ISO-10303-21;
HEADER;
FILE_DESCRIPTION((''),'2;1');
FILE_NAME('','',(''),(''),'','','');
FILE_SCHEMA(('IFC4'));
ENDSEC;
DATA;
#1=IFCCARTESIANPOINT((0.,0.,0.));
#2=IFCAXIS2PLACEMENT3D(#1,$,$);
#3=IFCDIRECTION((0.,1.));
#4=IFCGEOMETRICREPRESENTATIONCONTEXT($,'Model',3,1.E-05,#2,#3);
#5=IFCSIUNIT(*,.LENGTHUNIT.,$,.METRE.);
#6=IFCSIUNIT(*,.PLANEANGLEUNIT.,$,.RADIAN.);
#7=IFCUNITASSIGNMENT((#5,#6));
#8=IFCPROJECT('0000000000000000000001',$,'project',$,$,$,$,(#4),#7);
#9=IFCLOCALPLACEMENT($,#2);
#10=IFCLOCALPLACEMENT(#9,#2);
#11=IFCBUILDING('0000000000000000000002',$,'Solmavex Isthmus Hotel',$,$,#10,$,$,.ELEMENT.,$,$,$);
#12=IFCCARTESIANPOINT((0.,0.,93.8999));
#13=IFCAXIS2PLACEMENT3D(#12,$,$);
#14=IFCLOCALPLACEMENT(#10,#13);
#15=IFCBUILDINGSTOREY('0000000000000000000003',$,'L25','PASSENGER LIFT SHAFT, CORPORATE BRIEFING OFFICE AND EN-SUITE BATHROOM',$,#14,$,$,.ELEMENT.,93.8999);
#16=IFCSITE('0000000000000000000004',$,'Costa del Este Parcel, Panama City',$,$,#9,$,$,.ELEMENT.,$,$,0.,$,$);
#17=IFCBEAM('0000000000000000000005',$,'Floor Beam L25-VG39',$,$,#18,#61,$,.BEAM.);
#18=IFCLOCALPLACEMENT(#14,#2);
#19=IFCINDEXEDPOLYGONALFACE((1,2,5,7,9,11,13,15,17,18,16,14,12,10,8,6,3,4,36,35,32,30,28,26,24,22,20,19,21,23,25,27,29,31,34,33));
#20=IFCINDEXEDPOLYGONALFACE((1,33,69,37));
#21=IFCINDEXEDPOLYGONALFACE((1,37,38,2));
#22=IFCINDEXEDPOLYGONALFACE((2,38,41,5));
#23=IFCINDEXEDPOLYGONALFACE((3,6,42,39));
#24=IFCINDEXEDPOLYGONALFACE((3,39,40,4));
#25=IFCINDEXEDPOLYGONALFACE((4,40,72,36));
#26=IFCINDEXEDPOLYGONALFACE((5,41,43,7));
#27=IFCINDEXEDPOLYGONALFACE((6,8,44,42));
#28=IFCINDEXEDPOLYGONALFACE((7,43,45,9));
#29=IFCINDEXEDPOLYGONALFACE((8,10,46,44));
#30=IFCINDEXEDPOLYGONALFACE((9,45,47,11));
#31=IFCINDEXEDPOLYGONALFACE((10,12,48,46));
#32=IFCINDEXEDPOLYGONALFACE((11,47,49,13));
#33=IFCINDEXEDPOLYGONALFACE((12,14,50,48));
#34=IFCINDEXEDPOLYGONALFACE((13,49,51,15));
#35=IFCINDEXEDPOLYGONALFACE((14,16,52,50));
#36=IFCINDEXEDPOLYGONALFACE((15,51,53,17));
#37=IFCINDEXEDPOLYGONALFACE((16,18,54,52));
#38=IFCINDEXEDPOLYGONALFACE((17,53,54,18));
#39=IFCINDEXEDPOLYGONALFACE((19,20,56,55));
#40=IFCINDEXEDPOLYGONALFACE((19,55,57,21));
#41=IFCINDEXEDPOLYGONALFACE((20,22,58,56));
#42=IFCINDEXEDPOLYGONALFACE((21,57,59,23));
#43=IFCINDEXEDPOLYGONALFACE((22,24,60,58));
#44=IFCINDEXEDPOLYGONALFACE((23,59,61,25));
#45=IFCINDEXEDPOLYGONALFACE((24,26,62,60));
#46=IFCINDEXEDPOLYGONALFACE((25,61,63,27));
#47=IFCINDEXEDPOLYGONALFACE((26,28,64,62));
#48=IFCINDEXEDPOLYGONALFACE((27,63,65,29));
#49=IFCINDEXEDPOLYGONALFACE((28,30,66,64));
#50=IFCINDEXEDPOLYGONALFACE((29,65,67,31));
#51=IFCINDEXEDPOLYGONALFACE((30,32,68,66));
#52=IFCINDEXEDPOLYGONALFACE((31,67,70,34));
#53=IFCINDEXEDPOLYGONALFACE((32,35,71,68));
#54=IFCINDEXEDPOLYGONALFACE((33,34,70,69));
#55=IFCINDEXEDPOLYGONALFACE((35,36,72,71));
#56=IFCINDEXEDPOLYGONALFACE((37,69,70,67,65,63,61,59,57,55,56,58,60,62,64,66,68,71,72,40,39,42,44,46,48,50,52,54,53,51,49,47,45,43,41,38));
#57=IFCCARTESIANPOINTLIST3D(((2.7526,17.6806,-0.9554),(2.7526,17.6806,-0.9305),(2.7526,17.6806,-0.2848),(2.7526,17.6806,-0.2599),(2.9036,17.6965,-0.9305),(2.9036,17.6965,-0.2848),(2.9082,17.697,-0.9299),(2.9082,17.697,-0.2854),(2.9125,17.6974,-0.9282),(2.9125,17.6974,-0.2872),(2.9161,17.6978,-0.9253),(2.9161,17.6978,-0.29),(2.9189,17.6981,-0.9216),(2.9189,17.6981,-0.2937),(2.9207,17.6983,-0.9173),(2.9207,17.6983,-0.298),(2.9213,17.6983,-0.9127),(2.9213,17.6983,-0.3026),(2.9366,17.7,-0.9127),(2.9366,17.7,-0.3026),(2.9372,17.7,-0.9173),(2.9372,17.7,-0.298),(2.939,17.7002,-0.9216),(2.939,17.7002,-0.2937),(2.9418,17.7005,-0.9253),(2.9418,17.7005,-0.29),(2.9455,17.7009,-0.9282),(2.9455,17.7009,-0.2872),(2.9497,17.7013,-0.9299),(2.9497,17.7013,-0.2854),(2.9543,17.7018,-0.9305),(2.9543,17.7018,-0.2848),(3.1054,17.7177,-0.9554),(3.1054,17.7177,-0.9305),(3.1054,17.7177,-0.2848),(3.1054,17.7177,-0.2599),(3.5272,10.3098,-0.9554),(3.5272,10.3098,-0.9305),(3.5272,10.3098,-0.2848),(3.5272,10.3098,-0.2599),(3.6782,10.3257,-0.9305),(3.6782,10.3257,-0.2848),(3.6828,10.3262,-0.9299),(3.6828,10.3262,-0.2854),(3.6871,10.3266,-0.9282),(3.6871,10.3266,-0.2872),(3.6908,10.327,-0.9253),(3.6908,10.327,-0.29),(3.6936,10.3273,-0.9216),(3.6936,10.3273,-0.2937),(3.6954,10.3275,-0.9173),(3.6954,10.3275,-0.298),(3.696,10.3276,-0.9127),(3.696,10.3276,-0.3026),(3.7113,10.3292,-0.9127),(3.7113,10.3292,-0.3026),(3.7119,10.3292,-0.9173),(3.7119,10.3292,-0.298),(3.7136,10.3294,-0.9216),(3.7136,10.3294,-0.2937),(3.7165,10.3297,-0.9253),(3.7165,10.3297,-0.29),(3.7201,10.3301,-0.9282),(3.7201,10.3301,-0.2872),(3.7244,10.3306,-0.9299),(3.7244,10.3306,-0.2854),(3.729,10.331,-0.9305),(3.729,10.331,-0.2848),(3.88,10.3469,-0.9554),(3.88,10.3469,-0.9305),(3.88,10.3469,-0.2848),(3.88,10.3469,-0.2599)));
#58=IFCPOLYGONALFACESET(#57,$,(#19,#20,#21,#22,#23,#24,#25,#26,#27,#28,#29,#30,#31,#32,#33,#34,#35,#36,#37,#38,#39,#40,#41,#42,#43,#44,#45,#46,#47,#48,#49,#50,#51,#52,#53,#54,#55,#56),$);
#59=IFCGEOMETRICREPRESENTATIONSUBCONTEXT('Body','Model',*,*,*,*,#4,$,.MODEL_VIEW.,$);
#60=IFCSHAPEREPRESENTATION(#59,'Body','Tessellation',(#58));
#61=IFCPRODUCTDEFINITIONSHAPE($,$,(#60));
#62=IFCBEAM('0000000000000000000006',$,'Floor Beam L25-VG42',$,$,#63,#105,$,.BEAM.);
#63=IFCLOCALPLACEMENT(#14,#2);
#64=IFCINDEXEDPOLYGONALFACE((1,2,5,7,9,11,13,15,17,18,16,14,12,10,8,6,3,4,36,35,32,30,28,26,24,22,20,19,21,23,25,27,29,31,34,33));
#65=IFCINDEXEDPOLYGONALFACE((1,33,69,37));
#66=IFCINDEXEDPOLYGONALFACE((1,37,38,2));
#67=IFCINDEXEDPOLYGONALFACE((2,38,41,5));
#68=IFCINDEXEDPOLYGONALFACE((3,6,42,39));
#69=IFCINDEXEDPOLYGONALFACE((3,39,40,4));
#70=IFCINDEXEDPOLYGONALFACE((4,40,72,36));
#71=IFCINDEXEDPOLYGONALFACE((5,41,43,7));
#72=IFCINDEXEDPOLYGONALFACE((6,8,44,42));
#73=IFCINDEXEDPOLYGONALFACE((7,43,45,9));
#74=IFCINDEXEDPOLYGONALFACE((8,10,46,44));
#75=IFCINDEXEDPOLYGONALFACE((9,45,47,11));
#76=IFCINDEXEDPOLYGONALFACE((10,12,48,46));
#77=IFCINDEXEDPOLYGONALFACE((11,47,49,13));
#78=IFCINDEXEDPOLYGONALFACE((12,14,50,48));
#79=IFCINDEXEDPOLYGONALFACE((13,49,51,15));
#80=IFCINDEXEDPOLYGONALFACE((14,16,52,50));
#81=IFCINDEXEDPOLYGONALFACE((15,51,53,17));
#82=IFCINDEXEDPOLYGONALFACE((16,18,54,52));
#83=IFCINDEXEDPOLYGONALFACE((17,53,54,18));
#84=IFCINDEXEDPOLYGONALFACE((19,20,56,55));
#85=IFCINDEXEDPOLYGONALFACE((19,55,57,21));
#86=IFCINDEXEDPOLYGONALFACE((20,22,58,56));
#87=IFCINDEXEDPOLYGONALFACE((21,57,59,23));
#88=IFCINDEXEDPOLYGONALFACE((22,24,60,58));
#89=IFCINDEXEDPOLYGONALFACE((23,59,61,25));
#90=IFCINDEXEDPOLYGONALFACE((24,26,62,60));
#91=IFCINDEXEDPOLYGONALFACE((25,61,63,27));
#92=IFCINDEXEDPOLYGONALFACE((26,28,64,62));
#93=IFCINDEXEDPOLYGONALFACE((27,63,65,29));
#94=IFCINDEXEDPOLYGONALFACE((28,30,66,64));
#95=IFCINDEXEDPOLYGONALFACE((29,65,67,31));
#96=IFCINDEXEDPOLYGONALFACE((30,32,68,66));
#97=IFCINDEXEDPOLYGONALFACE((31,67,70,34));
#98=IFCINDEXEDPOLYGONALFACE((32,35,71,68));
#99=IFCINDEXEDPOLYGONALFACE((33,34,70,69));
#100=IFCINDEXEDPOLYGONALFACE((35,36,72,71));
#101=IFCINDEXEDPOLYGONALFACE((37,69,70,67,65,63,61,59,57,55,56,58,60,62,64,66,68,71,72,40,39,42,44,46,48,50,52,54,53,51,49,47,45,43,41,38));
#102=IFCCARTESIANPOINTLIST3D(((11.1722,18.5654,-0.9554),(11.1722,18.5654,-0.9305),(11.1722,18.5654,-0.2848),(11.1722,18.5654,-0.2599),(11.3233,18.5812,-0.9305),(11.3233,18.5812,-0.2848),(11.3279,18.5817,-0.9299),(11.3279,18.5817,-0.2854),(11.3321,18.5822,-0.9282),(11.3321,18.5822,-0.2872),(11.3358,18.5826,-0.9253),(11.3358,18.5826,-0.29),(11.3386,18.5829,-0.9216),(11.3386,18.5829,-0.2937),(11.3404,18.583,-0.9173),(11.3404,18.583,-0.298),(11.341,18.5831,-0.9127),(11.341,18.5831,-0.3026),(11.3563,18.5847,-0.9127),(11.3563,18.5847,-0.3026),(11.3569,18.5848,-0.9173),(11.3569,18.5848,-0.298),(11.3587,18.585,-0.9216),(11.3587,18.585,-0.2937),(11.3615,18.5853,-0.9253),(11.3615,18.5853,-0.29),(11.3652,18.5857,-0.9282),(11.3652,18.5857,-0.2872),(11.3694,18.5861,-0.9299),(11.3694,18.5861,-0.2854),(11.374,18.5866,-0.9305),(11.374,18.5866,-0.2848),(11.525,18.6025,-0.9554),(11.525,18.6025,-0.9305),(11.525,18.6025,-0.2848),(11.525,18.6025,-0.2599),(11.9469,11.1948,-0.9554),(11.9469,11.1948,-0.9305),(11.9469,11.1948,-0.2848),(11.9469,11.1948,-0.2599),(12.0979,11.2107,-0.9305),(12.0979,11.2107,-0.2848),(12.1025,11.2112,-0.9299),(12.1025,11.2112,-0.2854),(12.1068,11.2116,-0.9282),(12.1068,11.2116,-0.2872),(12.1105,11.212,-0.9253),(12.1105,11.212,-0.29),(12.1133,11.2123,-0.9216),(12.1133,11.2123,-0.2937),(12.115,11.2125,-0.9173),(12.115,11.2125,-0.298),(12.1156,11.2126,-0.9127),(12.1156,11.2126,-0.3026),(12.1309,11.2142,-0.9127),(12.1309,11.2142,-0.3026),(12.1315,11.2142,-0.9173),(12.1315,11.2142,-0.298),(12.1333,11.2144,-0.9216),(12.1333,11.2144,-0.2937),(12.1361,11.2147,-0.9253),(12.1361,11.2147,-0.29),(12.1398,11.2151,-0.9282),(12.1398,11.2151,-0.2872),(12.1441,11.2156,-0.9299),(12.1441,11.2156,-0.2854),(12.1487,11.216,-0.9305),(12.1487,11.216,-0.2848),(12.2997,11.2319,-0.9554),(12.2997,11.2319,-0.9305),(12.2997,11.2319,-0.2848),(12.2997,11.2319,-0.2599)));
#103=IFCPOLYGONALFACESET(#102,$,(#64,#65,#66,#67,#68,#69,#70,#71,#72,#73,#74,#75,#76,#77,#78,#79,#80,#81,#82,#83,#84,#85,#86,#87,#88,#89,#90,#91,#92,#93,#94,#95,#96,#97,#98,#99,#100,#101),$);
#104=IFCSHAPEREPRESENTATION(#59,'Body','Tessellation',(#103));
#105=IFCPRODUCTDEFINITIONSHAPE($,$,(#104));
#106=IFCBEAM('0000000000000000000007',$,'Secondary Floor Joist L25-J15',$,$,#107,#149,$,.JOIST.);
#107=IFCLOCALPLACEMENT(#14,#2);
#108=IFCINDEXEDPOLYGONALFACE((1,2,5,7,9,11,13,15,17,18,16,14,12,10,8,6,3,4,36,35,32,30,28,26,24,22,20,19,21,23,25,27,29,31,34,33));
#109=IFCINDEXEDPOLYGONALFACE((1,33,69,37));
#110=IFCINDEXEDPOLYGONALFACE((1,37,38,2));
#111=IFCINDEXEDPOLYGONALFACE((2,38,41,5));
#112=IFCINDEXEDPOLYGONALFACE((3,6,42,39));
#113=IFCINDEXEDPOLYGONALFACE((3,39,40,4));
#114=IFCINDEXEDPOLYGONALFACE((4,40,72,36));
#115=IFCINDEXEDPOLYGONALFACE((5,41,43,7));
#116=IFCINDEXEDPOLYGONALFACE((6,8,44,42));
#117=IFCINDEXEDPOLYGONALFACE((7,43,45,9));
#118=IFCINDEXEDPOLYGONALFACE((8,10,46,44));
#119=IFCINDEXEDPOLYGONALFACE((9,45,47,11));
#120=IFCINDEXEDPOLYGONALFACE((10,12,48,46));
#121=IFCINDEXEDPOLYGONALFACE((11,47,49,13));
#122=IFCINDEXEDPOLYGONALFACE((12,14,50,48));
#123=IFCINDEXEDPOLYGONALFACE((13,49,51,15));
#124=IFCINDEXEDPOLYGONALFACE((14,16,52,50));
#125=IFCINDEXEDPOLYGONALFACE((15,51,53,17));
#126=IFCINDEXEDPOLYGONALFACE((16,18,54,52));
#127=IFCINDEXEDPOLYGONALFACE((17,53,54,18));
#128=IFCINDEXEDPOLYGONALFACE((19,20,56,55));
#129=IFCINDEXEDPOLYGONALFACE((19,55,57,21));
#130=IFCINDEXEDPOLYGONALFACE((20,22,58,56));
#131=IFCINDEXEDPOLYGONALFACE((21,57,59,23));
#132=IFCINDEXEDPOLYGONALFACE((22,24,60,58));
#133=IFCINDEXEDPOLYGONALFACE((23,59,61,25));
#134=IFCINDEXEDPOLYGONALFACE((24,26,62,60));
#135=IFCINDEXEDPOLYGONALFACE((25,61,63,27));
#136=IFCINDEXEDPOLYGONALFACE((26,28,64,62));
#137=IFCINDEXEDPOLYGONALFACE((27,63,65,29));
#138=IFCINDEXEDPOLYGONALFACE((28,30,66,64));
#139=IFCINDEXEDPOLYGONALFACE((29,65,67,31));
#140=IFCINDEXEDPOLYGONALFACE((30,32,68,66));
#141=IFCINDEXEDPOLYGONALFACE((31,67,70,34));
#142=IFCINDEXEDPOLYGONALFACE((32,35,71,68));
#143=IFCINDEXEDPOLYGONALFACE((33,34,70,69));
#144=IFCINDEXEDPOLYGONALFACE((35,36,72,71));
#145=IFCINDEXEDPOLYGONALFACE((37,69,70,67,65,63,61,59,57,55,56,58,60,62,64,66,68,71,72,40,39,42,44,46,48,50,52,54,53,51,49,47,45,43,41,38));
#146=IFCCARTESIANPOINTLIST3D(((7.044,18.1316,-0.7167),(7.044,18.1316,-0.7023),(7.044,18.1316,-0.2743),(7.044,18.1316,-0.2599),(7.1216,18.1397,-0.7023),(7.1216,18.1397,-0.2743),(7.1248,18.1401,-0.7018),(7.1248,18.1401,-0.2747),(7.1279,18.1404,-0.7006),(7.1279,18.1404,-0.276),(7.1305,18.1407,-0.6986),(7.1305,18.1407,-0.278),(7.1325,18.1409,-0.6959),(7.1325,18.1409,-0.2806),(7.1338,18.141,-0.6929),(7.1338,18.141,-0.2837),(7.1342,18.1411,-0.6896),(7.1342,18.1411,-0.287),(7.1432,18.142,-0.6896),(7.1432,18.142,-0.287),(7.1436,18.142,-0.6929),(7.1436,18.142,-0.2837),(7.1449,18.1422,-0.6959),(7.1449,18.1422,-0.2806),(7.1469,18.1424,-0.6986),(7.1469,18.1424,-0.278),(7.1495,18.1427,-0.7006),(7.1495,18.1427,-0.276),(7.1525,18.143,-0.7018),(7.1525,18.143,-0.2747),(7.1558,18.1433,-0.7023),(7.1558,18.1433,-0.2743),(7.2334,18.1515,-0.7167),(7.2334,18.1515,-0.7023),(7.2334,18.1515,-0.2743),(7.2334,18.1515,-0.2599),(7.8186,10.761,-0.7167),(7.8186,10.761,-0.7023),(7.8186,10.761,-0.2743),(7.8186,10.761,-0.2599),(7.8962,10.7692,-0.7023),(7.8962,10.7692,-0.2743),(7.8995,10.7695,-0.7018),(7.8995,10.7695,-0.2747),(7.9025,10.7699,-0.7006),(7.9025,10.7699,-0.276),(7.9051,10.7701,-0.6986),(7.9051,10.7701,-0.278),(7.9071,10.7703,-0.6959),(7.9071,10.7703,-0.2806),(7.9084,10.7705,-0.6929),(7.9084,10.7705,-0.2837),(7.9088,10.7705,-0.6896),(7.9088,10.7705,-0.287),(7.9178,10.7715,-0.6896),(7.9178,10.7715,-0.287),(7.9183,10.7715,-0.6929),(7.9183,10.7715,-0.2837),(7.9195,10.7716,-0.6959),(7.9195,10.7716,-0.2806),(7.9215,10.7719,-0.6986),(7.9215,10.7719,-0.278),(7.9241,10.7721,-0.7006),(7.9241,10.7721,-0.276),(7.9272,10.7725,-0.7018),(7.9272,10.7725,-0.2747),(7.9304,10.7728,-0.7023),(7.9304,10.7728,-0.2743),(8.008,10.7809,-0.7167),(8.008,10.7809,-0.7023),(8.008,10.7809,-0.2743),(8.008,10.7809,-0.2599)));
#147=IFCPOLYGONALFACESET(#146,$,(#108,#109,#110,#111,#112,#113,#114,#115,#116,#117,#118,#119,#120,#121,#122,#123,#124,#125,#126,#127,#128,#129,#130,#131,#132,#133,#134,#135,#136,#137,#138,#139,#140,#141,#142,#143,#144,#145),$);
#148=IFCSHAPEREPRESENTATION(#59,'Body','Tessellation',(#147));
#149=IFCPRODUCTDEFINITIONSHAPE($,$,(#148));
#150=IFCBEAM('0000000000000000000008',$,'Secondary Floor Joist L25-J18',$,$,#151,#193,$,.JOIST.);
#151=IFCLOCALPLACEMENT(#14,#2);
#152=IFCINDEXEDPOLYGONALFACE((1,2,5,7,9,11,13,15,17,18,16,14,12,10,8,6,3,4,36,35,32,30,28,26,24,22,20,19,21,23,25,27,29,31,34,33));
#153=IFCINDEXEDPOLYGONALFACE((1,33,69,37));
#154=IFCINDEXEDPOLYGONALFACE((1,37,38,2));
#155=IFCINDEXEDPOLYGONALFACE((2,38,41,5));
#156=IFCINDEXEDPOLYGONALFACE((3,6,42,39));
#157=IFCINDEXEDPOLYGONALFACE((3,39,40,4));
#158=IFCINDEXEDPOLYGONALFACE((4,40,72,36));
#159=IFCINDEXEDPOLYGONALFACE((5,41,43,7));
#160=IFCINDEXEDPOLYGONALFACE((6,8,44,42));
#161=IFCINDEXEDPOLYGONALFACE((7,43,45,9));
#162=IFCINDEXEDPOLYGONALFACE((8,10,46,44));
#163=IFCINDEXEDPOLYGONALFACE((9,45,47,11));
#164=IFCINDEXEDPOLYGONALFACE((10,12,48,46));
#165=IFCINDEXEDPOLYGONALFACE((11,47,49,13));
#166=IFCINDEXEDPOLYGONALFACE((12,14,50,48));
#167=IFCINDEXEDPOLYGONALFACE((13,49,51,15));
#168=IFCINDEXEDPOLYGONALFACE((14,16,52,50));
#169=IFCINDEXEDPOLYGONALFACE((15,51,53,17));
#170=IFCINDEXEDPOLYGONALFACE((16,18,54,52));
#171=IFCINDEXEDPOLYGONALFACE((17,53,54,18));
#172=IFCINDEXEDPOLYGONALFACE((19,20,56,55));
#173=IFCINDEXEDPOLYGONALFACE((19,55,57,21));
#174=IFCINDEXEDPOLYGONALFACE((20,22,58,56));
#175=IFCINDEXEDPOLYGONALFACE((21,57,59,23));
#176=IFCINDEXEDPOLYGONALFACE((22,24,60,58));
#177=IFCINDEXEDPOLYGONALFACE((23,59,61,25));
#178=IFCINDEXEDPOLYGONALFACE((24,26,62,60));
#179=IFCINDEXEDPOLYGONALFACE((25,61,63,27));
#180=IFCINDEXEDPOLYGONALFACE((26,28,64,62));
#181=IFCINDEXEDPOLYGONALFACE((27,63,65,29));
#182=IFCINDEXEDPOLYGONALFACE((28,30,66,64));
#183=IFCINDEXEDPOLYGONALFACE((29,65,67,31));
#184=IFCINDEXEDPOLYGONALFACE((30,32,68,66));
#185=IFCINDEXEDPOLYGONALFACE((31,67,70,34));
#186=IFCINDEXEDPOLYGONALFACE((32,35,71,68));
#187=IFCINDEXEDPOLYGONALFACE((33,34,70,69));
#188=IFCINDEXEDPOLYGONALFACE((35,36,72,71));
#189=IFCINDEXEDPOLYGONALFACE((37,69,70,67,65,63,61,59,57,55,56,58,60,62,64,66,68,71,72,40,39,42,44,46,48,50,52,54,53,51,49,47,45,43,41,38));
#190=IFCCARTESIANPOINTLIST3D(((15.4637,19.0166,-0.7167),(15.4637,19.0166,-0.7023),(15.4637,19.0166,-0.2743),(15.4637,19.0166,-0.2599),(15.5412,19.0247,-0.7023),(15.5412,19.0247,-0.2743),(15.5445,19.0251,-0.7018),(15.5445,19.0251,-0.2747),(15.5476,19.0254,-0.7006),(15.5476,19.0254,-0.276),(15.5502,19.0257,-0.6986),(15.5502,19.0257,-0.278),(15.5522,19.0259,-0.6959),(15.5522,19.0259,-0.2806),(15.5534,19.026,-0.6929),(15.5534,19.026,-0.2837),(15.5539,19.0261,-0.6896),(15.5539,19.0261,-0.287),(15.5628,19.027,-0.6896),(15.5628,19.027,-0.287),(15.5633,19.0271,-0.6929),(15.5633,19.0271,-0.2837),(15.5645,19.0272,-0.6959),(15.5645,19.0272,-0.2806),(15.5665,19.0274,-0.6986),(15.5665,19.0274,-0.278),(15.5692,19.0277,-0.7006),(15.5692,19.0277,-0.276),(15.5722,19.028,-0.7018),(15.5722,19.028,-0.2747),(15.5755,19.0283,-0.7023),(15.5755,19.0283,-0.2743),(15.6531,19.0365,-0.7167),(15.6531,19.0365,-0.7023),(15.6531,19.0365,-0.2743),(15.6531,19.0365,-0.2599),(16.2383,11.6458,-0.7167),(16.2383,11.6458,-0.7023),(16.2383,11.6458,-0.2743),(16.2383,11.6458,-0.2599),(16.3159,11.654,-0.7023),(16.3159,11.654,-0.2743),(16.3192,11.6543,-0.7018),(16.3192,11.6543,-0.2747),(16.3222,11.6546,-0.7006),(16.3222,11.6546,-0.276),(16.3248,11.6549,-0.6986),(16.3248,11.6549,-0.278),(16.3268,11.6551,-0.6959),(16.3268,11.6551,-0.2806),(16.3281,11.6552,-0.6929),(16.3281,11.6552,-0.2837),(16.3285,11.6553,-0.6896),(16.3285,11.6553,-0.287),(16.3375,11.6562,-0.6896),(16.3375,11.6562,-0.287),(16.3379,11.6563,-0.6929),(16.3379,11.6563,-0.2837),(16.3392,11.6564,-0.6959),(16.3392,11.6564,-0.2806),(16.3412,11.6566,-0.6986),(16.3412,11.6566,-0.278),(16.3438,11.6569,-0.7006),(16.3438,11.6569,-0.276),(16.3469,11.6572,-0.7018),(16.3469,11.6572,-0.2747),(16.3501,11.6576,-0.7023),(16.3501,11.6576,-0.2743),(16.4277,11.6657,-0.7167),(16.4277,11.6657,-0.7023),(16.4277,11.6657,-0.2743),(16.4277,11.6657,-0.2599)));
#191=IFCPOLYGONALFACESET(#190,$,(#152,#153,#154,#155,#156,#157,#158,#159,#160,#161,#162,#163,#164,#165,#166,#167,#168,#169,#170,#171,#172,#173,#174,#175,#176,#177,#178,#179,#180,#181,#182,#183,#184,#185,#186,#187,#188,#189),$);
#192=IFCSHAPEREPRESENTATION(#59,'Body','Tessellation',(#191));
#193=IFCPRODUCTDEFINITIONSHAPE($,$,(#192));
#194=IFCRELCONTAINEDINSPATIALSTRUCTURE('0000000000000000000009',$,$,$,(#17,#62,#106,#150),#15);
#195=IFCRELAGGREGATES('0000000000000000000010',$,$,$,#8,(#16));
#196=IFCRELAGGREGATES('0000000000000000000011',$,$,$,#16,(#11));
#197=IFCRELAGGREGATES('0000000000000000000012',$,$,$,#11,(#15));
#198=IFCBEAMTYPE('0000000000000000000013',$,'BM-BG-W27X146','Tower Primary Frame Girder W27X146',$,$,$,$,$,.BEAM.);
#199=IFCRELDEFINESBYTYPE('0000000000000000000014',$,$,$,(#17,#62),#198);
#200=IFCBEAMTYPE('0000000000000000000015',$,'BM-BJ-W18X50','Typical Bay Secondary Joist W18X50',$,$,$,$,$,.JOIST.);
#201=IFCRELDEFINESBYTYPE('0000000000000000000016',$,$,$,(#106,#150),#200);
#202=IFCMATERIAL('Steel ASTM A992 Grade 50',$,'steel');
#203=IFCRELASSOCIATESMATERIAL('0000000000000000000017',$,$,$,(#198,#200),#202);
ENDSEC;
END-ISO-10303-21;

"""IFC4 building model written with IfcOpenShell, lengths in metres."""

from ifc_helpers import new_model, si_unit, direction, frame, origin, origin_2d, place, context, subcontext, project, spatial, i_section, extrude, material, material_profile, profile_set, type_object, element, save


model = new_model("IFC4")

# Units and contexts
model_context = context("Model", 3, precision=1e-05, world=origin(), true_north=direction((0.0, 1.0)))
body_context = subcontext(model_context, "Body", "Model", "MODEL_VIEW")
ifc_project = project(units=[si_unit("LENGTHUNIT", "METRE"), si_unit("PLANEANGLEUNIT", "RADIAN")], contexts=[model_context])

# Site, building, storey
site_placement = place(None, origin())
site = spatial("IfcSite", under=ifc_project, at=site_placement, Name="Costa del Este Parcel, Panama City", CompositionType="ELEMENT", RefElevation=0.0)
building_placement = place(site_placement, origin())
building = spatial("IfcBuilding", under=site, at=building_placement, Name="Solmavex Isthmus Hotel", CompositionType="ELEMENT")
storey_placement = place(building_placement, frame((0.0, 0.0, 93.8999)))
storey = spatial("IfcBuildingStorey", under=building, at=storey_placement, Name="L25", Description="PASSENGER LIFT SHAFT, CORPORATE BRIEFING OFFICE AND EN-SUITE BATHROOM", CompositionType="ELEMENT", Elevation=93.8999)

# Beams
ifc_material_1 = material(Name="Steel ASTM A992 Grade 50", Category="steel")
ifc_material_profile_1 = material_profile(ifc_material_1, i_section(OverallWidth=0.3547, OverallDepth=0.6956, WebThickness=0.0154, FlangeThickness=0.0249, FilletRadius=0.0178, at=origin_2d()), Name="W27X146")
ifc_profile_set_1 = profile_set([ifc_material_profile_1], Name="Steel ASTM A992 Grade 50")
beam_type_1 = type_object("IfcBeamType", Name="BM-BG-W27X146", Description="Tower Primary Frame Girder W27X146", PredefinedType="BEAM", material=ifc_profile_set_1)
beam_1_placement = place(storey_placement, frame((3.7036, 10.3284, -0.6077), z_axis=(-0.104522, 0.994523, 0.0), x_axis=(-0.994523, -0.104522, 0.0)))
element("IfcBeam", 1, at=beam_1_placement, inside=storey, type_object=beam_type_1, Name="Floor Beam L25-VG39", PredefinedType="BEAM", context=body_context, shape_type="SweptSolid", body=[
    extrude(i_section(OverallWidth=0.3547, OverallDepth=0.6956, WebThickness=0.0154, FlangeThickness=0.0249, FilletRadius=0.0178, at=origin_2d()), origin(), (0.0, 0.0, 1.0), 7.4114),
])
beam_2_placement = place(storey_placement, frame((12.1233, 11.2134, -0.6077), z_axis=(-0.104525, 0.994522, 0.0), x_axis=(-0.994522, -0.104525, 0.0)))
element("IfcBeam", 2, at=beam_2_placement, inside=storey, type_object=beam_type_1, Name="Floor Beam L25-VG42", PredefinedType="BEAM", context=body_context, shape_type="SweptSolid", body=[
    extrude(i_section(OverallWidth=0.3547, OverallDepth=0.6956, WebThickness=0.0154, FlangeThickness=0.0249, FilletRadius=0.0178, at=origin_2d()), origin(), (0.0, 0.0, 1.0), 7.4111),
])
ifc_material_profile_2 = material_profile(ifc_material_1, i_section(OverallWidth=0.1904, OverallDepth=0.4568, WebThickness=0.009, FlangeThickness=0.0144, FilletRadius=0.0127, at=origin_2d()), Name="W18X50")
ifc_profile_set_2 = profile_set([ifc_material_profile_2], Name="Steel ASTM A992 Grade 50")
beam_type_2 = type_object("IfcBeamType", Name="BM-BJ-W18X50", Description="Typical Bay Secondary Joist W18X50", PredefinedType="JOIST", material=ifc_profile_set_2)
beam_3_placement = place(storey_placement, frame((7.9133, 10.771, -0.4883), z_axis=(-0.104525, 0.994522, 0.0), x_axis=(-0.994522, -0.104525, 0.0)))
element("IfcBeam", 3, at=beam_3_placement, inside=storey, type_object=beam_type_2, Name="Secondary Floor Joist L25-J15", PredefinedType="JOIST", context=body_context, shape_type="SweptSolid", body=[
    extrude(i_section(OverallWidth=0.1904, OverallDepth=0.4568, WebThickness=0.009, FlangeThickness=0.0144, FilletRadius=0.0127, at=origin_2d()), origin(), (0.0, 0.0, 1.0), 7.4111),
])
beam_4_placement = place(storey_placement, frame((16.333, 11.6558, -0.4883), z_axis=(-0.104522, 0.994523, 0.0), x_axis=(-0.994523, -0.104522, 0.0)))
element("IfcBeam", 4, at=beam_4_placement, inside=storey, type_object=beam_type_2, Name="Secondary Floor Joist L25-J18", PredefinedType="JOIST", context=body_context, shape_type="SweptSolid", body=[
    extrude(i_section(OverallWidth=0.1904, OverallDepth=0.4568, WebThickness=0.009, FlangeThickness=0.0144, FilletRadius=0.0127, at=origin_2d()), origin(), (0.0, 0.0, 1.0), 7.4114),
])

save(model, "model.ifc")
